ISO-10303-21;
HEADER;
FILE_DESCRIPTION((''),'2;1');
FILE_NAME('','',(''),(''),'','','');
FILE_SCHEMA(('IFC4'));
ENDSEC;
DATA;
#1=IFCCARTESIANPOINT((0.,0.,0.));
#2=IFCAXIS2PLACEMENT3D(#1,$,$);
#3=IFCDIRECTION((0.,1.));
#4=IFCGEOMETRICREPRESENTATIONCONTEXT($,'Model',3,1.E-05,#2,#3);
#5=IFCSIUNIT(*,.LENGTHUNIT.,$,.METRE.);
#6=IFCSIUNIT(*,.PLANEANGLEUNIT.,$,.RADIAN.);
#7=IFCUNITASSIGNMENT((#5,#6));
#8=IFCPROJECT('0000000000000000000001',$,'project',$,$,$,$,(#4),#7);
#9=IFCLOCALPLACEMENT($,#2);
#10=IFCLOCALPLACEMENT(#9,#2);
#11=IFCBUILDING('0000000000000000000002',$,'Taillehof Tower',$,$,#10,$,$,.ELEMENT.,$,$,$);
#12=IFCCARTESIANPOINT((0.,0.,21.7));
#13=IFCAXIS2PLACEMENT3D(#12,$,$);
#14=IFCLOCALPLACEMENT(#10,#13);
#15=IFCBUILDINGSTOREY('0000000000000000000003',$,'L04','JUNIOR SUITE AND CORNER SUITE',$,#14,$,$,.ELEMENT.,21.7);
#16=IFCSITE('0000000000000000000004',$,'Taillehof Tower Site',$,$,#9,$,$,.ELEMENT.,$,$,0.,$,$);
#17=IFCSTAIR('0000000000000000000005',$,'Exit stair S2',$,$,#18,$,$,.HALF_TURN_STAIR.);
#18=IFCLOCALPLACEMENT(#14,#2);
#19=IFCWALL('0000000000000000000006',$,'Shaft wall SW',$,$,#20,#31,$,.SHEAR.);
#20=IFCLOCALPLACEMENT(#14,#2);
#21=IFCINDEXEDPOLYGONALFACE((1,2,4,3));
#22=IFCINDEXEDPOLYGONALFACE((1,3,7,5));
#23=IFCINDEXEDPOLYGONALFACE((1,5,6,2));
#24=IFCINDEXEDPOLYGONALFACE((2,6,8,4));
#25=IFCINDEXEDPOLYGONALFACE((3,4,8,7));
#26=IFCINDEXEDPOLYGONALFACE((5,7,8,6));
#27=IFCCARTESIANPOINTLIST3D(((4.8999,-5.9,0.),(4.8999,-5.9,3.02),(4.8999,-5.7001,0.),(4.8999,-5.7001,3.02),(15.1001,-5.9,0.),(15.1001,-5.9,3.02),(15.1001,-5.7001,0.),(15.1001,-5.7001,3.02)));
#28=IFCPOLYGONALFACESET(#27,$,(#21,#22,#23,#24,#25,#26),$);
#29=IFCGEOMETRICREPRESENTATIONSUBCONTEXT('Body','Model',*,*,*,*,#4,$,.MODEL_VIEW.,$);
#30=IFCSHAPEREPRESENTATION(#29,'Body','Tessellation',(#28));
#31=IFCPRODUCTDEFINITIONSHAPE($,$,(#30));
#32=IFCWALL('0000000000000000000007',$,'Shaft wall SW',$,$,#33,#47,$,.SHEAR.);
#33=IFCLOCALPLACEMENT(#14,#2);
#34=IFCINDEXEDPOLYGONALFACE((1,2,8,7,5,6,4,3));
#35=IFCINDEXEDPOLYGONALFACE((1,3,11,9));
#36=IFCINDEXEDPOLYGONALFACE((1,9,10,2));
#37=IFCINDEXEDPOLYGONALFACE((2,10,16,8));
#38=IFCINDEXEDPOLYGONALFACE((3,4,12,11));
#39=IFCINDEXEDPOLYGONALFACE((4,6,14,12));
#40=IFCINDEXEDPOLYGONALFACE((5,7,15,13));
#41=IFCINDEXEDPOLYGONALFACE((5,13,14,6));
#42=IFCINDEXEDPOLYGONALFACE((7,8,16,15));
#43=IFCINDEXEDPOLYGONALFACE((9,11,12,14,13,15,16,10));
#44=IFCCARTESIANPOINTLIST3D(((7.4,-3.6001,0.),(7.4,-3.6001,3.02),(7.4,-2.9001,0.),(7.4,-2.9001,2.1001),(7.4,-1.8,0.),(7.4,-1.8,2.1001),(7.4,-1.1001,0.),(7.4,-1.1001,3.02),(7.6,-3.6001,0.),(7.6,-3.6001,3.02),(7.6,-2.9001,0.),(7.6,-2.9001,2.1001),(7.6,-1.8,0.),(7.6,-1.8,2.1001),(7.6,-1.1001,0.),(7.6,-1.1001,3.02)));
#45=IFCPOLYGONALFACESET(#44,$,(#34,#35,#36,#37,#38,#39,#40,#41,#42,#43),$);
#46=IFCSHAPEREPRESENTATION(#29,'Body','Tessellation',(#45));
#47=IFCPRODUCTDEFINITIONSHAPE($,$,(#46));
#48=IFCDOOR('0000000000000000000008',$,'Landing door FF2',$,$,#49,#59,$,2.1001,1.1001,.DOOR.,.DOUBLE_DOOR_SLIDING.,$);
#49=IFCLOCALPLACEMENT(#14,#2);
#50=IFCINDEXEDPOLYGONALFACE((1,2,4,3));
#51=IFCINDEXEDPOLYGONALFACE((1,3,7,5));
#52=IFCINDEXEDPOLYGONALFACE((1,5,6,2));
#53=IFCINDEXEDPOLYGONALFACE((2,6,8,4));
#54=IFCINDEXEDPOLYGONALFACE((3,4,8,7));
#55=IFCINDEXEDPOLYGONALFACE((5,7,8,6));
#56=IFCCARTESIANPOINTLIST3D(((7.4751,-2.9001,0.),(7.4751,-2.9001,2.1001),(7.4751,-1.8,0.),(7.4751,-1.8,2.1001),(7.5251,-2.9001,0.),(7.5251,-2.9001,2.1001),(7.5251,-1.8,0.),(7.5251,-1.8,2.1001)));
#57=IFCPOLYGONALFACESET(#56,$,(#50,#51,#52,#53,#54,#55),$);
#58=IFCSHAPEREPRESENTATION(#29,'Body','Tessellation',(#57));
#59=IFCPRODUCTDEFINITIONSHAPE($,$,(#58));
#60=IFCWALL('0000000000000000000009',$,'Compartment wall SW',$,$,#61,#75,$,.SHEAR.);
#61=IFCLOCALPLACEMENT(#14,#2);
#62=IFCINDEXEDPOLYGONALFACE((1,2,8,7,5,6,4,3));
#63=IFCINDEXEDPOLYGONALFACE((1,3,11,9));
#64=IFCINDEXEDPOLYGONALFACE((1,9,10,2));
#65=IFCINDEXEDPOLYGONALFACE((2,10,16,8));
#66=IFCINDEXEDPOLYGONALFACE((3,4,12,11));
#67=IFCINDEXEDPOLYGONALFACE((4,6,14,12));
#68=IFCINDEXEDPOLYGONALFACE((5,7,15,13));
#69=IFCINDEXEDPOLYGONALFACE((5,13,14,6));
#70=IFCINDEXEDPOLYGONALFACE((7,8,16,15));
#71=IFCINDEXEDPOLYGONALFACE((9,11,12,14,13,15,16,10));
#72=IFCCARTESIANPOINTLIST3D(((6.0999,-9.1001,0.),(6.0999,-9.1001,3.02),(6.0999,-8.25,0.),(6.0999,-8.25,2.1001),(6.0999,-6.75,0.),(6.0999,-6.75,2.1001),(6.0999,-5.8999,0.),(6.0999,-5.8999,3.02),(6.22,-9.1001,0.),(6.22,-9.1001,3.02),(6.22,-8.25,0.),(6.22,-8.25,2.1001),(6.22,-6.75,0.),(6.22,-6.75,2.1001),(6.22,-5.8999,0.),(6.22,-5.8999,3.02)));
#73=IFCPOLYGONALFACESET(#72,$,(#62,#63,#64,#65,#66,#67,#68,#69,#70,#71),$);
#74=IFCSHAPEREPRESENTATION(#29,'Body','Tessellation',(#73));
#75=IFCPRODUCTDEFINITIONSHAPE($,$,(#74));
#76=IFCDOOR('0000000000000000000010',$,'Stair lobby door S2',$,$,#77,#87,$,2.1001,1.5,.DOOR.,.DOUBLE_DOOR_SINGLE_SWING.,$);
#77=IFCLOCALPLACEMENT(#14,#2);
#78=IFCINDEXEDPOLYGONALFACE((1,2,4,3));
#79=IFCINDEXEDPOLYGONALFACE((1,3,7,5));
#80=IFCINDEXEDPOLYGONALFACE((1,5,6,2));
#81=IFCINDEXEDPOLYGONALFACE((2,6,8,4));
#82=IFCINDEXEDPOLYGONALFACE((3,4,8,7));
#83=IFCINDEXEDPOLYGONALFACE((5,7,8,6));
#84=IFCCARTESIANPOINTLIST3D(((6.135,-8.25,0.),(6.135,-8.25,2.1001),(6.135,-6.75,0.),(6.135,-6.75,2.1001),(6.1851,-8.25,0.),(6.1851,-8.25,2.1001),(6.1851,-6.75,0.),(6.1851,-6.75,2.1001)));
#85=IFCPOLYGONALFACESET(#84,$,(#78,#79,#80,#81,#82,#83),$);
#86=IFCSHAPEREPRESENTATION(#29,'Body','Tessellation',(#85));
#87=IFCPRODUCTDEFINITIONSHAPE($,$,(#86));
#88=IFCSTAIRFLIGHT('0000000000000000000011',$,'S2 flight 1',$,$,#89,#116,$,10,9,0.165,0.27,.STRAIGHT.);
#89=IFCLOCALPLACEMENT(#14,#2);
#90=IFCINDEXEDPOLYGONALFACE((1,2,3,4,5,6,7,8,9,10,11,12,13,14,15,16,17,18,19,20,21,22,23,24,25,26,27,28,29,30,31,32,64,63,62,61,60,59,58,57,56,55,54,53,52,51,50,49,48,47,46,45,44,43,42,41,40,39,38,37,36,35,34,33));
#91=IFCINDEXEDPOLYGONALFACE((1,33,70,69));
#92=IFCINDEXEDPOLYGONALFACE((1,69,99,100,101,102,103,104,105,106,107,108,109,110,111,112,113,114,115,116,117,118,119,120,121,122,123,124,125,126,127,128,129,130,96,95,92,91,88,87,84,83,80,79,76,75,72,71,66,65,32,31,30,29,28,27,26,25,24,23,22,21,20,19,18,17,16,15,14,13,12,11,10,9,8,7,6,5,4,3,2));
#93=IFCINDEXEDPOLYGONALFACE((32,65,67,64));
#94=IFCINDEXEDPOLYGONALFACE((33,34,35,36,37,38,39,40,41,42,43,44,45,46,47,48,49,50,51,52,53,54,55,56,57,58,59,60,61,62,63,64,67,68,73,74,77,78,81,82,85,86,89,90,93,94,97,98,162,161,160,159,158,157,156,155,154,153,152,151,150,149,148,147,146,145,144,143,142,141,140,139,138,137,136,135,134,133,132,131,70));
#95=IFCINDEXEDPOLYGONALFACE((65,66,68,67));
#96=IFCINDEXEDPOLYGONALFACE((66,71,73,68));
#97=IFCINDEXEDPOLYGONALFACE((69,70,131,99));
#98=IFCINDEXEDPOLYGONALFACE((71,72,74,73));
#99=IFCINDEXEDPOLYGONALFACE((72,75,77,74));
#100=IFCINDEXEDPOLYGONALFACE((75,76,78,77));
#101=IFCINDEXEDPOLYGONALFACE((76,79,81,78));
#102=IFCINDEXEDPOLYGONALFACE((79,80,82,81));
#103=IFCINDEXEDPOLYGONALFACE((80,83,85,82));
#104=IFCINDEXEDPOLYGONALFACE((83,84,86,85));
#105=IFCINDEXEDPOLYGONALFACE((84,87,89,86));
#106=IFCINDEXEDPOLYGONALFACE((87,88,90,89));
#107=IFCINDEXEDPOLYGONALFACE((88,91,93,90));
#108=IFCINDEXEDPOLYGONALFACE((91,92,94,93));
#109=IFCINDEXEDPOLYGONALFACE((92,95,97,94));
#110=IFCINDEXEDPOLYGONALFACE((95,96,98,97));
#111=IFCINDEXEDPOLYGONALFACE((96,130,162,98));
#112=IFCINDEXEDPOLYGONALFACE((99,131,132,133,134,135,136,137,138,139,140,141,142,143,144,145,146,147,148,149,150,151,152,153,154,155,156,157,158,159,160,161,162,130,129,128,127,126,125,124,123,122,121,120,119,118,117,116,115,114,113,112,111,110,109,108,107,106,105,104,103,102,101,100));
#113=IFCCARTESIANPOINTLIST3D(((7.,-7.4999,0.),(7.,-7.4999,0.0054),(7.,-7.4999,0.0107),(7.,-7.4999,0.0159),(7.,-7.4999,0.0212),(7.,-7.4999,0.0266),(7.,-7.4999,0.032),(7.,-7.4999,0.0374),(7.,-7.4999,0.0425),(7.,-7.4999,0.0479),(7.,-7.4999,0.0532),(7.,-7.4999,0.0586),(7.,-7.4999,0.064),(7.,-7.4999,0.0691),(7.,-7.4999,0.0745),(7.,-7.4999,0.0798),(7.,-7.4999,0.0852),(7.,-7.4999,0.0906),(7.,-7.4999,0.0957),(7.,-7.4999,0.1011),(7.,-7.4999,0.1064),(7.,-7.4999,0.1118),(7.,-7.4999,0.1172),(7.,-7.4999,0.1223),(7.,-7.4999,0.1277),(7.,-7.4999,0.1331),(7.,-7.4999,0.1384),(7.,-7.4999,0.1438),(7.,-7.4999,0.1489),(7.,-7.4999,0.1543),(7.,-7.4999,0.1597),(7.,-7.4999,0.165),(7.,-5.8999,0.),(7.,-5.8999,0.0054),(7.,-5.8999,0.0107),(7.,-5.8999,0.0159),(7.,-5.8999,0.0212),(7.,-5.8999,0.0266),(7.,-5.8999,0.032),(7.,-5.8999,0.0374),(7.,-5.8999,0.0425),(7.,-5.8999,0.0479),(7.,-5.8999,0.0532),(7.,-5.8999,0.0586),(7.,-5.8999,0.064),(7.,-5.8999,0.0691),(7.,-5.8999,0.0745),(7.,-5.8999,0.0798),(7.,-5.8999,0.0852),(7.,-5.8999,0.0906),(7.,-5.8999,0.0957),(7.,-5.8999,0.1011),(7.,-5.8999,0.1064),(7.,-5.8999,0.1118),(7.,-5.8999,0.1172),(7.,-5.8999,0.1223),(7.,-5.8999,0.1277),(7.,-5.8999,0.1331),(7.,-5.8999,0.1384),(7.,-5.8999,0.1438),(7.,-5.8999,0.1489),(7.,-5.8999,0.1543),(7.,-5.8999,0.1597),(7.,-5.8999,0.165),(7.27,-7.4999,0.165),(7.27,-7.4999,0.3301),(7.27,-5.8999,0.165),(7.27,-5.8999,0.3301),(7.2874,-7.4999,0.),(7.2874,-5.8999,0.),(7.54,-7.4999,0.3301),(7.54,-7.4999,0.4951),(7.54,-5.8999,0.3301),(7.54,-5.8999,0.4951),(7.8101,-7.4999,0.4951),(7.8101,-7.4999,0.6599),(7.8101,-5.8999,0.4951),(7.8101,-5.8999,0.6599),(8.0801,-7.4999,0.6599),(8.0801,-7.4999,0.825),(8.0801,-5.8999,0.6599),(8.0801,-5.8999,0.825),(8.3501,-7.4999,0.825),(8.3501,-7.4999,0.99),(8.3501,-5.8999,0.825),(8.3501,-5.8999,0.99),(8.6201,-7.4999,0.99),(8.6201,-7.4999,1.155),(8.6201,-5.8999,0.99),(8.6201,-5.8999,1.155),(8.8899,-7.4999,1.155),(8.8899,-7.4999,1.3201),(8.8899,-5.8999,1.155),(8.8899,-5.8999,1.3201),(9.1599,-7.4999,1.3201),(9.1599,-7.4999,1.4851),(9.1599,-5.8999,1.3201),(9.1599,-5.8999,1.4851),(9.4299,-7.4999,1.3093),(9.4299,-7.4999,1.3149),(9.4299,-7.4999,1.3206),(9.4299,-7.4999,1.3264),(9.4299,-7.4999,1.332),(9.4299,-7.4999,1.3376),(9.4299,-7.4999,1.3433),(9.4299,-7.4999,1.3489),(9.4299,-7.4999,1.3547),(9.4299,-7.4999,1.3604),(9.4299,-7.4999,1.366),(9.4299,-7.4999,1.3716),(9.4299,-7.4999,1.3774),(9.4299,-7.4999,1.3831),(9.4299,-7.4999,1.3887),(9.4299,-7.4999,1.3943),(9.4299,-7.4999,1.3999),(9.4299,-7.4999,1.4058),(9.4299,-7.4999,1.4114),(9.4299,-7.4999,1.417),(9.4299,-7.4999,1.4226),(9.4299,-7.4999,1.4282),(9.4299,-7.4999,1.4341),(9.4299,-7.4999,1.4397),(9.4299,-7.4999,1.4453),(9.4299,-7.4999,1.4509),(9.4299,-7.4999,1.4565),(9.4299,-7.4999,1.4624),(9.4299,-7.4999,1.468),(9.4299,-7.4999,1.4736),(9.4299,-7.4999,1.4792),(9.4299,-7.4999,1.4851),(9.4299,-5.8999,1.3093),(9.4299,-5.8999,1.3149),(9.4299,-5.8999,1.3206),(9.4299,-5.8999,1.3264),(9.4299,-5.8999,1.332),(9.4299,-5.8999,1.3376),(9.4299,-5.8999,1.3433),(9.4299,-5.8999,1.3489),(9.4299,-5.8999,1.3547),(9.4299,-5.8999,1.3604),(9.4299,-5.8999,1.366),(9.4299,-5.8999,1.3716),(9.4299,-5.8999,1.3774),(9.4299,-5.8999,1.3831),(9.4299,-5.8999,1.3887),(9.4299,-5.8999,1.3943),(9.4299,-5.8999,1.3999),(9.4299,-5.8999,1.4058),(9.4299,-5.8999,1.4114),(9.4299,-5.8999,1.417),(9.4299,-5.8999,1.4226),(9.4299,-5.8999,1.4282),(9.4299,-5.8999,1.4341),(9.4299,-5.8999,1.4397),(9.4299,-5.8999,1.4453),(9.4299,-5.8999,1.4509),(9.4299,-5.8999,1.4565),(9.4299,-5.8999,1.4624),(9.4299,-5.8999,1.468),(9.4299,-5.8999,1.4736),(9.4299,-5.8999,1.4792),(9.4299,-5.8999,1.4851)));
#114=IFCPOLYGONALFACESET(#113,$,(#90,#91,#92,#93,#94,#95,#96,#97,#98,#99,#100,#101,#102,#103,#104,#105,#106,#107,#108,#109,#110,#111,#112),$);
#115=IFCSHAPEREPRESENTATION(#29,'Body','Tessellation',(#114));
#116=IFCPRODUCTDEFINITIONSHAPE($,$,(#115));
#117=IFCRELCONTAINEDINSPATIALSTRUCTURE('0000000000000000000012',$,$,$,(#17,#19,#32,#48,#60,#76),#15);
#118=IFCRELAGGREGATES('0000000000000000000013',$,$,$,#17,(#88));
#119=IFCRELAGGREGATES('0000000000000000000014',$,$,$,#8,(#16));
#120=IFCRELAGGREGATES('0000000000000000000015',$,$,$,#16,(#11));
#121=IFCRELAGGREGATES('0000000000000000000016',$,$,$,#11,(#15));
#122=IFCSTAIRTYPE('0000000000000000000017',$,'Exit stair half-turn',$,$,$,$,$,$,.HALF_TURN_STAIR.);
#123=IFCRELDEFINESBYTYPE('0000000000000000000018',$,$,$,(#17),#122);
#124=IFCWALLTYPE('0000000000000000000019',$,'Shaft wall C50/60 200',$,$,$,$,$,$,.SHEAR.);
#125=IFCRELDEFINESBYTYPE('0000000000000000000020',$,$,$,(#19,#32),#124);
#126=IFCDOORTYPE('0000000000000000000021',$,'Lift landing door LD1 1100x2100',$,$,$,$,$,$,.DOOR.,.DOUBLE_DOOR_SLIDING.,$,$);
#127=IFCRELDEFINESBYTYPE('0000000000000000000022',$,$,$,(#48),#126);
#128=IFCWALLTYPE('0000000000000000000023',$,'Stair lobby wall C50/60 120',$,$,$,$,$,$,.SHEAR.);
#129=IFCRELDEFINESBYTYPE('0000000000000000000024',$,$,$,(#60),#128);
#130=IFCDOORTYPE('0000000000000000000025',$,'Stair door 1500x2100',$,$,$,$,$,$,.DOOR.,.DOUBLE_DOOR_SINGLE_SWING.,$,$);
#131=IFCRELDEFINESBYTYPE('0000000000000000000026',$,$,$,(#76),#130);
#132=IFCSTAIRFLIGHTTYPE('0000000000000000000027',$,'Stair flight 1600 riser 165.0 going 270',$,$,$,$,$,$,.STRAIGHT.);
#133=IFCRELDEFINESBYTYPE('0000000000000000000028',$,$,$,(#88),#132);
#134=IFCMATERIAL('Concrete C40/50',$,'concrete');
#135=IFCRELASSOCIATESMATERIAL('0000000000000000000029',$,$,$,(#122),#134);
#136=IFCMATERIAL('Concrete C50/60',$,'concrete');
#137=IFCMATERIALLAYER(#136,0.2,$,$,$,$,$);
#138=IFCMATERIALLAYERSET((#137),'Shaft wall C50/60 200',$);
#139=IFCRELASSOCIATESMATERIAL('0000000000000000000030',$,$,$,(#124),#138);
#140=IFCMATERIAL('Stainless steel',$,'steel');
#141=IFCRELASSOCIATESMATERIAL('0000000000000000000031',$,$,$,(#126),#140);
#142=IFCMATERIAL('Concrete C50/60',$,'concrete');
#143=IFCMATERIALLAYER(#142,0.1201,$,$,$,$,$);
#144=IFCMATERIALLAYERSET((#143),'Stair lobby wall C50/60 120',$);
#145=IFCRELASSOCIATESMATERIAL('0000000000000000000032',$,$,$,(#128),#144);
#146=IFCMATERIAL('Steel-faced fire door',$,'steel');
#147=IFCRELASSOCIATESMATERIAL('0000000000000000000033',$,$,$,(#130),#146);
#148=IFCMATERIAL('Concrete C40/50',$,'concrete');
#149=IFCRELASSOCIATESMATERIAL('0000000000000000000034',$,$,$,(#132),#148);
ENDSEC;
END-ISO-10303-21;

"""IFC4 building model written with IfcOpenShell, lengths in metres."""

from ifc_helpers import new_model, si_unit, direction, frame, frame_2d, origin, place, context, subcontext, project, spatial, polyline, rectangle, outline, extrude, material, layer, layer_set, type_object, element, fill, aggregate, save


model = new_model("IFC4")

# Units and contexts
model_context = context("Model", 3, precision=1e-05, world=origin(), true_north=direction((0.0, 1.0)))
body_context = subcontext(model_context, "Body", "Model", "MODEL_VIEW")
ifc_project = project(units=[si_unit("LENGTHUNIT", "METRE"), si_unit("PLANEANGLEUNIT", "RADIAN")], contexts=[model_context])

# Site, building, storey
site_placement = place(None, origin())
site = spatial("IfcSite", under=ifc_project, at=site_placement, Name="Taillehof Tower Site", CompositionType="ELEMENT", RefElevation=0.0)
building_placement = place(site_placement, origin())
building = spatial("IfcBuilding", under=site, at=building_placement, Name="Taillehof Tower", CompositionType="ELEMENT")
storey_placement = place(building_placement, frame((0.0, 0.0, 21.7)))
storey = spatial("IfcBuildingStorey", under=building, at=storey_placement, Name="L04", Description="JUNIOR SUITE AND CORNER SUITE", CompositionType="ELEMENT", Elevation=21.7)

# Stair
ifc_material_1 = material(Name="Concrete C40/50", Category="concrete")
stair_type = type_object("IfcStairType", Name="Exit stair half-turn", PredefinedType="HALF_TURN_STAIR", material=ifc_material_1)
stair_1_placement = place(storey_placement, origin())
stair_1 = element("IfcStair", 1, at=stair_1_placement, inside=storey, type_object=stair_type, Name="Exit stair S2", PredefinedType="HALF_TURN_STAIR")

# Shared definitions
ifc_material_2 = material(Name="Concrete C50/60", Category="concrete")
ifc_layer_1 = layer(ifc_material_2, 0.2)
ifc_layer_set_1 = layer_set([ifc_layer_1], Name="Shaft wall C50/60 200")
wall_type_1 = type_object("IfcWallType", Name="Shaft wall C50/60 200", PredefinedType="SHEAR", material=ifc_layer_set_1)

# Shared definitions
ifc_material_3 = material(Name="Stainless steel", Category="steel")
door_type_1 = type_object("IfcDoorType", Name="Lift landing door LD1 1100x2100", OperationType="DOUBLE_DOOR_SLIDING", PredefinedType="DOOR", material=ifc_material_3)

# Wall
wall_1_placement = place(storey_placement, frame((4.8999, -5.8, 0.0), z_axis=(0.0, 0.0, 1.0), x_axis=(1.0, 0.0, 0.0)))
element("IfcWall", 2, at=wall_1_placement, inside=storey, type_object=wall_type_1, Name="Shaft wall SW", PredefinedType="SHEAR", context=body_context, shape_type="SweptSolid", body=[
    extrude(rectangle(XDim=10.2002, YDim=0.2, at=frame_2d((5.1001, 0.0))), origin(), (0.0, 0.0, 1.0), 3.02),
])

# Walls, openings, doors
wall_2_placement = place(storey_placement, frame((7.5, -3.6001, 0.0), z_axis=(0.0, 0.0, 1.0), x_axis=(0.0, 1.0, 0.0)))
wall_2 = element("IfcWall", 3, at=wall_2_placement, inside=storey, type_object=wall_type_1, Name="Shaft wall SW", PredefinedType="SHEAR", context=body_context, shape_type="SweptSolid", body=[
    extrude(rectangle(XDim=2.5, YDim=0.2, at=frame_2d((1.25, 0.0))), origin(), (0.0, 0.0, 1.0), 3.02),
])
opening_1_placement = place(wall_2_placement, frame((0.7, 0.0, 0.0)))
opening_1 = element("IfcOpeningElement", 4, at=opening_1_placement, cuts=wall_2, PredefinedType="OPENING", context=body_context, shape_type="SweptSolid", body=[
    extrude(rectangle(XDim=1.1001, YDim=2.1001, at=frame_2d((0.55, 1.05))), frame((0.0, 0.1099, 0.0), z_axis=(0.0, -1.0, 0.0), x_axis=(1.0, 0.0, 0.0)), (0.0, 0.0, 1.0), 0.22),
])
door_1_placement = place(opening_1_placement, origin())
door_1 = element("IfcDoor", 5, at=door_1_placement, inside=storey, type_object=door_type_1, Name="Landing door FF2", OperationType="DOUBLE_DOOR_SLIDING", OverallHeight=2.1001, OverallWidth=1.1001, PredefinedType="DOOR", context=body_context, shape_type="SweptSolid", body=[
    extrude(rectangle(XDim=1.1001, YDim=2.1001, at=frame_2d((0.55, 1.05))), frame((0.0, 0.0249, 0.0), z_axis=(0.0, -1.0, 0.0), x_axis=(1.0, 0.0, 0.0)), (0.0, 0.0, 1.0), 0.05),
])
fill(opening_1, door_1)
ifc_material_4 = material(Name="Concrete C50/60", Category="concrete")
ifc_layer_2 = layer(ifc_material_4, 0.1201)
ifc_layer_set_2 = layer_set([ifc_layer_2], Name="Stair lobby wall C50/60 120")
wall_type_2 = type_object("IfcWallType", Name="Stair lobby wall C50/60 120", PredefinedType="SHEAR", material=ifc_layer_set_2)
wall_3_placement = place(storey_placement, frame((6.1599, -9.1001, 0.0), z_axis=(0.0, 0.0, 1.0), x_axis=(0.0, 1.0, 0.0)))
wall_3 = element("IfcWall", 6, at=wall_3_placement, inside=storey, type_object=wall_type_2, Name="Compartment wall SW", PredefinedType="SHEAR", context=body_context, shape_type="SweptSolid", body=[
    extrude(rectangle(XDim=3.2002, YDim=0.1201, at=frame_2d((1.6001, 0.0))), origin(), (0.0, 0.0, 1.0), 3.02),
])
opening_2_placement = place(wall_3_placement, frame((0.8501, 0.0, 0.0)))
opening_2 = element("IfcOpeningElement", 7, at=opening_2_placement, cuts=wall_3, PredefinedType="OPENING", context=body_context, shape_type="SweptSolid", body=[
    extrude(rectangle(XDim=1.5, YDim=2.1001, at=frame_2d((0.75, 1.05))), frame((0.0, 0.0701, 0.0), z_axis=(0.0, -1.0, 0.0), x_axis=(1.0, 0.0, 0.0)), (0.0, 0.0, 1.0), 0.1401),
])
ifc_material_5 = material(Name="Steel-faced fire door", Category="steel")
door_type_2 = type_object("IfcDoorType", Name="Stair door 1500x2100", OperationType="DOUBLE_DOOR_SINGLE_SWING", PredefinedType="DOOR", material=ifc_material_5)
door_2_placement = place(opening_2_placement, origin())
door_2 = element("IfcDoor", 8, at=door_2_placement, inside=storey, type_object=door_type_2, Name="Stair lobby door S2", OperationType="DOUBLE_DOOR_SINGLE_SWING", OverallHeight=2.1001, OverallWidth=1.5, PredefinedType="DOOR", context=body_context, shape_type="SweptSolid", body=[
    extrude(rectangle(XDim=1.5, YDim=2.1001, at=frame_2d((0.75, 1.05))), frame((0.0, 0.0249, 0.0), z_axis=(0.0, -1.0, 0.0), x_axis=(1.0, 0.0, 0.0)), (0.0, 0.0, 1.0), 0.05),
])
fill(opening_2, door_2)

# Stair flight
ifc_material_6 = material(Name="Concrete C40/50", Category="concrete")
stair_flight_type = type_object("IfcStairFlightType", Name="Stair flight 1600 riser 165.0 going 270", PredefinedType="STRAIGHT", material=ifc_material_6)
stair_flight_1_placement = place(storey_placement, frame((7.0, -6.7, 0.0), z_axis=(0.0, 0.0, 1.0), x_axis=(1.0, 0.0, 0.0)))
stair_flight_1 = element("IfcStairFlight", 9, at=stair_flight_1_placement, type_object=stair_flight_type, Name="S2 flight 1", NumberOfRisers=10, NumberOfTreads=9, PredefinedType="STRAIGHT", RiserHeight=0.165, TreadLength=0.27, context=body_context, shape_type="SweptSolid", body=[
    extrude(outline(polyline([(0.0, 0.0), (0.0, 0.0054), (0.0, 0.0107), (0.0, 0.0159), (0.0, 0.0212), (0.0, 0.0266), (0.0, 0.032), (0.0, 0.0374), (0.0, 0.0425), (0.0, 0.0479), (0.0, 0.0532), (0.0, 0.0586), (0.0, 0.064), (0.0, 0.0691), (0.0, 0.0745), (0.0, 0.0798), (0.0, 0.0852), (0.0, 0.0906), (0.0, 0.0957), (0.0, 0.1011), (0.0, 0.1064), (0.0, 0.1118), (0.0, 0.1172), (0.0, 0.1223), (0.0, 0.1277), (0.0, 0.1331), (0.0, 0.1384), (0.0, 0.1438), (0.0, 0.1489), (0.0, 0.1543), (0.0, 0.1597), (0.0, 0.165), (0.27, 0.165), (0.27, 0.3301), (0.54, 0.3301), (0.54, 0.4951), (0.8101, 0.4951), (0.8101, 0.6599), (1.0801, 0.6599), (1.0801, 0.825), (1.3501, 0.825), (1.3501, 0.99), (1.6201, 0.99), (1.6201, 1.155), (1.8899, 1.155), (1.8899, 1.3201), (2.1599, 1.3201), (2.1599, 1.4851), (2.4299, 1.4851), (2.4299, 1.4792), (2.4299, 1.4736), (2.4299, 1.468), (2.4299, 1.4624), (2.4299, 1.4565), (2.4299, 1.4509), (2.4299, 1.4453), (2.4299, 1.4397), (2.4299, 1.4341), (2.4299, 1.4282), (2.4299, 1.4226), (2.4299, 1.417), (2.4299, 1.4114), (2.4299, 1.4058), (2.4299, 1.3999), (2.4299, 1.3943), (2.4299, 1.3887), (2.4299, 1.3831), (2.4299, 1.3774), (2.4299, 1.3716), (2.4299, 1.366), (2.4299, 1.3604), (2.4299, 1.3547), (2.4299, 1.3489), (2.4299, 1.3433), (2.4299, 1.3376), (2.4299, 1.332), (2.4299, 1.3264), (2.4299, 1.3206), (2.4299, 1.3149), (2.4299, 1.3093), (0.2874, 0.0), (0.0, 0.0)])), frame((0.0, 0.8, 0.0), z_axis=(0.0, -1.0, 0.0), x_axis=(1.0, 0.0, 0.0)), (0.0, 0.0, 1.0), 1.6),
])
aggregate(stair_1, [stair_flight_1])

save(model, "model.ifc")
